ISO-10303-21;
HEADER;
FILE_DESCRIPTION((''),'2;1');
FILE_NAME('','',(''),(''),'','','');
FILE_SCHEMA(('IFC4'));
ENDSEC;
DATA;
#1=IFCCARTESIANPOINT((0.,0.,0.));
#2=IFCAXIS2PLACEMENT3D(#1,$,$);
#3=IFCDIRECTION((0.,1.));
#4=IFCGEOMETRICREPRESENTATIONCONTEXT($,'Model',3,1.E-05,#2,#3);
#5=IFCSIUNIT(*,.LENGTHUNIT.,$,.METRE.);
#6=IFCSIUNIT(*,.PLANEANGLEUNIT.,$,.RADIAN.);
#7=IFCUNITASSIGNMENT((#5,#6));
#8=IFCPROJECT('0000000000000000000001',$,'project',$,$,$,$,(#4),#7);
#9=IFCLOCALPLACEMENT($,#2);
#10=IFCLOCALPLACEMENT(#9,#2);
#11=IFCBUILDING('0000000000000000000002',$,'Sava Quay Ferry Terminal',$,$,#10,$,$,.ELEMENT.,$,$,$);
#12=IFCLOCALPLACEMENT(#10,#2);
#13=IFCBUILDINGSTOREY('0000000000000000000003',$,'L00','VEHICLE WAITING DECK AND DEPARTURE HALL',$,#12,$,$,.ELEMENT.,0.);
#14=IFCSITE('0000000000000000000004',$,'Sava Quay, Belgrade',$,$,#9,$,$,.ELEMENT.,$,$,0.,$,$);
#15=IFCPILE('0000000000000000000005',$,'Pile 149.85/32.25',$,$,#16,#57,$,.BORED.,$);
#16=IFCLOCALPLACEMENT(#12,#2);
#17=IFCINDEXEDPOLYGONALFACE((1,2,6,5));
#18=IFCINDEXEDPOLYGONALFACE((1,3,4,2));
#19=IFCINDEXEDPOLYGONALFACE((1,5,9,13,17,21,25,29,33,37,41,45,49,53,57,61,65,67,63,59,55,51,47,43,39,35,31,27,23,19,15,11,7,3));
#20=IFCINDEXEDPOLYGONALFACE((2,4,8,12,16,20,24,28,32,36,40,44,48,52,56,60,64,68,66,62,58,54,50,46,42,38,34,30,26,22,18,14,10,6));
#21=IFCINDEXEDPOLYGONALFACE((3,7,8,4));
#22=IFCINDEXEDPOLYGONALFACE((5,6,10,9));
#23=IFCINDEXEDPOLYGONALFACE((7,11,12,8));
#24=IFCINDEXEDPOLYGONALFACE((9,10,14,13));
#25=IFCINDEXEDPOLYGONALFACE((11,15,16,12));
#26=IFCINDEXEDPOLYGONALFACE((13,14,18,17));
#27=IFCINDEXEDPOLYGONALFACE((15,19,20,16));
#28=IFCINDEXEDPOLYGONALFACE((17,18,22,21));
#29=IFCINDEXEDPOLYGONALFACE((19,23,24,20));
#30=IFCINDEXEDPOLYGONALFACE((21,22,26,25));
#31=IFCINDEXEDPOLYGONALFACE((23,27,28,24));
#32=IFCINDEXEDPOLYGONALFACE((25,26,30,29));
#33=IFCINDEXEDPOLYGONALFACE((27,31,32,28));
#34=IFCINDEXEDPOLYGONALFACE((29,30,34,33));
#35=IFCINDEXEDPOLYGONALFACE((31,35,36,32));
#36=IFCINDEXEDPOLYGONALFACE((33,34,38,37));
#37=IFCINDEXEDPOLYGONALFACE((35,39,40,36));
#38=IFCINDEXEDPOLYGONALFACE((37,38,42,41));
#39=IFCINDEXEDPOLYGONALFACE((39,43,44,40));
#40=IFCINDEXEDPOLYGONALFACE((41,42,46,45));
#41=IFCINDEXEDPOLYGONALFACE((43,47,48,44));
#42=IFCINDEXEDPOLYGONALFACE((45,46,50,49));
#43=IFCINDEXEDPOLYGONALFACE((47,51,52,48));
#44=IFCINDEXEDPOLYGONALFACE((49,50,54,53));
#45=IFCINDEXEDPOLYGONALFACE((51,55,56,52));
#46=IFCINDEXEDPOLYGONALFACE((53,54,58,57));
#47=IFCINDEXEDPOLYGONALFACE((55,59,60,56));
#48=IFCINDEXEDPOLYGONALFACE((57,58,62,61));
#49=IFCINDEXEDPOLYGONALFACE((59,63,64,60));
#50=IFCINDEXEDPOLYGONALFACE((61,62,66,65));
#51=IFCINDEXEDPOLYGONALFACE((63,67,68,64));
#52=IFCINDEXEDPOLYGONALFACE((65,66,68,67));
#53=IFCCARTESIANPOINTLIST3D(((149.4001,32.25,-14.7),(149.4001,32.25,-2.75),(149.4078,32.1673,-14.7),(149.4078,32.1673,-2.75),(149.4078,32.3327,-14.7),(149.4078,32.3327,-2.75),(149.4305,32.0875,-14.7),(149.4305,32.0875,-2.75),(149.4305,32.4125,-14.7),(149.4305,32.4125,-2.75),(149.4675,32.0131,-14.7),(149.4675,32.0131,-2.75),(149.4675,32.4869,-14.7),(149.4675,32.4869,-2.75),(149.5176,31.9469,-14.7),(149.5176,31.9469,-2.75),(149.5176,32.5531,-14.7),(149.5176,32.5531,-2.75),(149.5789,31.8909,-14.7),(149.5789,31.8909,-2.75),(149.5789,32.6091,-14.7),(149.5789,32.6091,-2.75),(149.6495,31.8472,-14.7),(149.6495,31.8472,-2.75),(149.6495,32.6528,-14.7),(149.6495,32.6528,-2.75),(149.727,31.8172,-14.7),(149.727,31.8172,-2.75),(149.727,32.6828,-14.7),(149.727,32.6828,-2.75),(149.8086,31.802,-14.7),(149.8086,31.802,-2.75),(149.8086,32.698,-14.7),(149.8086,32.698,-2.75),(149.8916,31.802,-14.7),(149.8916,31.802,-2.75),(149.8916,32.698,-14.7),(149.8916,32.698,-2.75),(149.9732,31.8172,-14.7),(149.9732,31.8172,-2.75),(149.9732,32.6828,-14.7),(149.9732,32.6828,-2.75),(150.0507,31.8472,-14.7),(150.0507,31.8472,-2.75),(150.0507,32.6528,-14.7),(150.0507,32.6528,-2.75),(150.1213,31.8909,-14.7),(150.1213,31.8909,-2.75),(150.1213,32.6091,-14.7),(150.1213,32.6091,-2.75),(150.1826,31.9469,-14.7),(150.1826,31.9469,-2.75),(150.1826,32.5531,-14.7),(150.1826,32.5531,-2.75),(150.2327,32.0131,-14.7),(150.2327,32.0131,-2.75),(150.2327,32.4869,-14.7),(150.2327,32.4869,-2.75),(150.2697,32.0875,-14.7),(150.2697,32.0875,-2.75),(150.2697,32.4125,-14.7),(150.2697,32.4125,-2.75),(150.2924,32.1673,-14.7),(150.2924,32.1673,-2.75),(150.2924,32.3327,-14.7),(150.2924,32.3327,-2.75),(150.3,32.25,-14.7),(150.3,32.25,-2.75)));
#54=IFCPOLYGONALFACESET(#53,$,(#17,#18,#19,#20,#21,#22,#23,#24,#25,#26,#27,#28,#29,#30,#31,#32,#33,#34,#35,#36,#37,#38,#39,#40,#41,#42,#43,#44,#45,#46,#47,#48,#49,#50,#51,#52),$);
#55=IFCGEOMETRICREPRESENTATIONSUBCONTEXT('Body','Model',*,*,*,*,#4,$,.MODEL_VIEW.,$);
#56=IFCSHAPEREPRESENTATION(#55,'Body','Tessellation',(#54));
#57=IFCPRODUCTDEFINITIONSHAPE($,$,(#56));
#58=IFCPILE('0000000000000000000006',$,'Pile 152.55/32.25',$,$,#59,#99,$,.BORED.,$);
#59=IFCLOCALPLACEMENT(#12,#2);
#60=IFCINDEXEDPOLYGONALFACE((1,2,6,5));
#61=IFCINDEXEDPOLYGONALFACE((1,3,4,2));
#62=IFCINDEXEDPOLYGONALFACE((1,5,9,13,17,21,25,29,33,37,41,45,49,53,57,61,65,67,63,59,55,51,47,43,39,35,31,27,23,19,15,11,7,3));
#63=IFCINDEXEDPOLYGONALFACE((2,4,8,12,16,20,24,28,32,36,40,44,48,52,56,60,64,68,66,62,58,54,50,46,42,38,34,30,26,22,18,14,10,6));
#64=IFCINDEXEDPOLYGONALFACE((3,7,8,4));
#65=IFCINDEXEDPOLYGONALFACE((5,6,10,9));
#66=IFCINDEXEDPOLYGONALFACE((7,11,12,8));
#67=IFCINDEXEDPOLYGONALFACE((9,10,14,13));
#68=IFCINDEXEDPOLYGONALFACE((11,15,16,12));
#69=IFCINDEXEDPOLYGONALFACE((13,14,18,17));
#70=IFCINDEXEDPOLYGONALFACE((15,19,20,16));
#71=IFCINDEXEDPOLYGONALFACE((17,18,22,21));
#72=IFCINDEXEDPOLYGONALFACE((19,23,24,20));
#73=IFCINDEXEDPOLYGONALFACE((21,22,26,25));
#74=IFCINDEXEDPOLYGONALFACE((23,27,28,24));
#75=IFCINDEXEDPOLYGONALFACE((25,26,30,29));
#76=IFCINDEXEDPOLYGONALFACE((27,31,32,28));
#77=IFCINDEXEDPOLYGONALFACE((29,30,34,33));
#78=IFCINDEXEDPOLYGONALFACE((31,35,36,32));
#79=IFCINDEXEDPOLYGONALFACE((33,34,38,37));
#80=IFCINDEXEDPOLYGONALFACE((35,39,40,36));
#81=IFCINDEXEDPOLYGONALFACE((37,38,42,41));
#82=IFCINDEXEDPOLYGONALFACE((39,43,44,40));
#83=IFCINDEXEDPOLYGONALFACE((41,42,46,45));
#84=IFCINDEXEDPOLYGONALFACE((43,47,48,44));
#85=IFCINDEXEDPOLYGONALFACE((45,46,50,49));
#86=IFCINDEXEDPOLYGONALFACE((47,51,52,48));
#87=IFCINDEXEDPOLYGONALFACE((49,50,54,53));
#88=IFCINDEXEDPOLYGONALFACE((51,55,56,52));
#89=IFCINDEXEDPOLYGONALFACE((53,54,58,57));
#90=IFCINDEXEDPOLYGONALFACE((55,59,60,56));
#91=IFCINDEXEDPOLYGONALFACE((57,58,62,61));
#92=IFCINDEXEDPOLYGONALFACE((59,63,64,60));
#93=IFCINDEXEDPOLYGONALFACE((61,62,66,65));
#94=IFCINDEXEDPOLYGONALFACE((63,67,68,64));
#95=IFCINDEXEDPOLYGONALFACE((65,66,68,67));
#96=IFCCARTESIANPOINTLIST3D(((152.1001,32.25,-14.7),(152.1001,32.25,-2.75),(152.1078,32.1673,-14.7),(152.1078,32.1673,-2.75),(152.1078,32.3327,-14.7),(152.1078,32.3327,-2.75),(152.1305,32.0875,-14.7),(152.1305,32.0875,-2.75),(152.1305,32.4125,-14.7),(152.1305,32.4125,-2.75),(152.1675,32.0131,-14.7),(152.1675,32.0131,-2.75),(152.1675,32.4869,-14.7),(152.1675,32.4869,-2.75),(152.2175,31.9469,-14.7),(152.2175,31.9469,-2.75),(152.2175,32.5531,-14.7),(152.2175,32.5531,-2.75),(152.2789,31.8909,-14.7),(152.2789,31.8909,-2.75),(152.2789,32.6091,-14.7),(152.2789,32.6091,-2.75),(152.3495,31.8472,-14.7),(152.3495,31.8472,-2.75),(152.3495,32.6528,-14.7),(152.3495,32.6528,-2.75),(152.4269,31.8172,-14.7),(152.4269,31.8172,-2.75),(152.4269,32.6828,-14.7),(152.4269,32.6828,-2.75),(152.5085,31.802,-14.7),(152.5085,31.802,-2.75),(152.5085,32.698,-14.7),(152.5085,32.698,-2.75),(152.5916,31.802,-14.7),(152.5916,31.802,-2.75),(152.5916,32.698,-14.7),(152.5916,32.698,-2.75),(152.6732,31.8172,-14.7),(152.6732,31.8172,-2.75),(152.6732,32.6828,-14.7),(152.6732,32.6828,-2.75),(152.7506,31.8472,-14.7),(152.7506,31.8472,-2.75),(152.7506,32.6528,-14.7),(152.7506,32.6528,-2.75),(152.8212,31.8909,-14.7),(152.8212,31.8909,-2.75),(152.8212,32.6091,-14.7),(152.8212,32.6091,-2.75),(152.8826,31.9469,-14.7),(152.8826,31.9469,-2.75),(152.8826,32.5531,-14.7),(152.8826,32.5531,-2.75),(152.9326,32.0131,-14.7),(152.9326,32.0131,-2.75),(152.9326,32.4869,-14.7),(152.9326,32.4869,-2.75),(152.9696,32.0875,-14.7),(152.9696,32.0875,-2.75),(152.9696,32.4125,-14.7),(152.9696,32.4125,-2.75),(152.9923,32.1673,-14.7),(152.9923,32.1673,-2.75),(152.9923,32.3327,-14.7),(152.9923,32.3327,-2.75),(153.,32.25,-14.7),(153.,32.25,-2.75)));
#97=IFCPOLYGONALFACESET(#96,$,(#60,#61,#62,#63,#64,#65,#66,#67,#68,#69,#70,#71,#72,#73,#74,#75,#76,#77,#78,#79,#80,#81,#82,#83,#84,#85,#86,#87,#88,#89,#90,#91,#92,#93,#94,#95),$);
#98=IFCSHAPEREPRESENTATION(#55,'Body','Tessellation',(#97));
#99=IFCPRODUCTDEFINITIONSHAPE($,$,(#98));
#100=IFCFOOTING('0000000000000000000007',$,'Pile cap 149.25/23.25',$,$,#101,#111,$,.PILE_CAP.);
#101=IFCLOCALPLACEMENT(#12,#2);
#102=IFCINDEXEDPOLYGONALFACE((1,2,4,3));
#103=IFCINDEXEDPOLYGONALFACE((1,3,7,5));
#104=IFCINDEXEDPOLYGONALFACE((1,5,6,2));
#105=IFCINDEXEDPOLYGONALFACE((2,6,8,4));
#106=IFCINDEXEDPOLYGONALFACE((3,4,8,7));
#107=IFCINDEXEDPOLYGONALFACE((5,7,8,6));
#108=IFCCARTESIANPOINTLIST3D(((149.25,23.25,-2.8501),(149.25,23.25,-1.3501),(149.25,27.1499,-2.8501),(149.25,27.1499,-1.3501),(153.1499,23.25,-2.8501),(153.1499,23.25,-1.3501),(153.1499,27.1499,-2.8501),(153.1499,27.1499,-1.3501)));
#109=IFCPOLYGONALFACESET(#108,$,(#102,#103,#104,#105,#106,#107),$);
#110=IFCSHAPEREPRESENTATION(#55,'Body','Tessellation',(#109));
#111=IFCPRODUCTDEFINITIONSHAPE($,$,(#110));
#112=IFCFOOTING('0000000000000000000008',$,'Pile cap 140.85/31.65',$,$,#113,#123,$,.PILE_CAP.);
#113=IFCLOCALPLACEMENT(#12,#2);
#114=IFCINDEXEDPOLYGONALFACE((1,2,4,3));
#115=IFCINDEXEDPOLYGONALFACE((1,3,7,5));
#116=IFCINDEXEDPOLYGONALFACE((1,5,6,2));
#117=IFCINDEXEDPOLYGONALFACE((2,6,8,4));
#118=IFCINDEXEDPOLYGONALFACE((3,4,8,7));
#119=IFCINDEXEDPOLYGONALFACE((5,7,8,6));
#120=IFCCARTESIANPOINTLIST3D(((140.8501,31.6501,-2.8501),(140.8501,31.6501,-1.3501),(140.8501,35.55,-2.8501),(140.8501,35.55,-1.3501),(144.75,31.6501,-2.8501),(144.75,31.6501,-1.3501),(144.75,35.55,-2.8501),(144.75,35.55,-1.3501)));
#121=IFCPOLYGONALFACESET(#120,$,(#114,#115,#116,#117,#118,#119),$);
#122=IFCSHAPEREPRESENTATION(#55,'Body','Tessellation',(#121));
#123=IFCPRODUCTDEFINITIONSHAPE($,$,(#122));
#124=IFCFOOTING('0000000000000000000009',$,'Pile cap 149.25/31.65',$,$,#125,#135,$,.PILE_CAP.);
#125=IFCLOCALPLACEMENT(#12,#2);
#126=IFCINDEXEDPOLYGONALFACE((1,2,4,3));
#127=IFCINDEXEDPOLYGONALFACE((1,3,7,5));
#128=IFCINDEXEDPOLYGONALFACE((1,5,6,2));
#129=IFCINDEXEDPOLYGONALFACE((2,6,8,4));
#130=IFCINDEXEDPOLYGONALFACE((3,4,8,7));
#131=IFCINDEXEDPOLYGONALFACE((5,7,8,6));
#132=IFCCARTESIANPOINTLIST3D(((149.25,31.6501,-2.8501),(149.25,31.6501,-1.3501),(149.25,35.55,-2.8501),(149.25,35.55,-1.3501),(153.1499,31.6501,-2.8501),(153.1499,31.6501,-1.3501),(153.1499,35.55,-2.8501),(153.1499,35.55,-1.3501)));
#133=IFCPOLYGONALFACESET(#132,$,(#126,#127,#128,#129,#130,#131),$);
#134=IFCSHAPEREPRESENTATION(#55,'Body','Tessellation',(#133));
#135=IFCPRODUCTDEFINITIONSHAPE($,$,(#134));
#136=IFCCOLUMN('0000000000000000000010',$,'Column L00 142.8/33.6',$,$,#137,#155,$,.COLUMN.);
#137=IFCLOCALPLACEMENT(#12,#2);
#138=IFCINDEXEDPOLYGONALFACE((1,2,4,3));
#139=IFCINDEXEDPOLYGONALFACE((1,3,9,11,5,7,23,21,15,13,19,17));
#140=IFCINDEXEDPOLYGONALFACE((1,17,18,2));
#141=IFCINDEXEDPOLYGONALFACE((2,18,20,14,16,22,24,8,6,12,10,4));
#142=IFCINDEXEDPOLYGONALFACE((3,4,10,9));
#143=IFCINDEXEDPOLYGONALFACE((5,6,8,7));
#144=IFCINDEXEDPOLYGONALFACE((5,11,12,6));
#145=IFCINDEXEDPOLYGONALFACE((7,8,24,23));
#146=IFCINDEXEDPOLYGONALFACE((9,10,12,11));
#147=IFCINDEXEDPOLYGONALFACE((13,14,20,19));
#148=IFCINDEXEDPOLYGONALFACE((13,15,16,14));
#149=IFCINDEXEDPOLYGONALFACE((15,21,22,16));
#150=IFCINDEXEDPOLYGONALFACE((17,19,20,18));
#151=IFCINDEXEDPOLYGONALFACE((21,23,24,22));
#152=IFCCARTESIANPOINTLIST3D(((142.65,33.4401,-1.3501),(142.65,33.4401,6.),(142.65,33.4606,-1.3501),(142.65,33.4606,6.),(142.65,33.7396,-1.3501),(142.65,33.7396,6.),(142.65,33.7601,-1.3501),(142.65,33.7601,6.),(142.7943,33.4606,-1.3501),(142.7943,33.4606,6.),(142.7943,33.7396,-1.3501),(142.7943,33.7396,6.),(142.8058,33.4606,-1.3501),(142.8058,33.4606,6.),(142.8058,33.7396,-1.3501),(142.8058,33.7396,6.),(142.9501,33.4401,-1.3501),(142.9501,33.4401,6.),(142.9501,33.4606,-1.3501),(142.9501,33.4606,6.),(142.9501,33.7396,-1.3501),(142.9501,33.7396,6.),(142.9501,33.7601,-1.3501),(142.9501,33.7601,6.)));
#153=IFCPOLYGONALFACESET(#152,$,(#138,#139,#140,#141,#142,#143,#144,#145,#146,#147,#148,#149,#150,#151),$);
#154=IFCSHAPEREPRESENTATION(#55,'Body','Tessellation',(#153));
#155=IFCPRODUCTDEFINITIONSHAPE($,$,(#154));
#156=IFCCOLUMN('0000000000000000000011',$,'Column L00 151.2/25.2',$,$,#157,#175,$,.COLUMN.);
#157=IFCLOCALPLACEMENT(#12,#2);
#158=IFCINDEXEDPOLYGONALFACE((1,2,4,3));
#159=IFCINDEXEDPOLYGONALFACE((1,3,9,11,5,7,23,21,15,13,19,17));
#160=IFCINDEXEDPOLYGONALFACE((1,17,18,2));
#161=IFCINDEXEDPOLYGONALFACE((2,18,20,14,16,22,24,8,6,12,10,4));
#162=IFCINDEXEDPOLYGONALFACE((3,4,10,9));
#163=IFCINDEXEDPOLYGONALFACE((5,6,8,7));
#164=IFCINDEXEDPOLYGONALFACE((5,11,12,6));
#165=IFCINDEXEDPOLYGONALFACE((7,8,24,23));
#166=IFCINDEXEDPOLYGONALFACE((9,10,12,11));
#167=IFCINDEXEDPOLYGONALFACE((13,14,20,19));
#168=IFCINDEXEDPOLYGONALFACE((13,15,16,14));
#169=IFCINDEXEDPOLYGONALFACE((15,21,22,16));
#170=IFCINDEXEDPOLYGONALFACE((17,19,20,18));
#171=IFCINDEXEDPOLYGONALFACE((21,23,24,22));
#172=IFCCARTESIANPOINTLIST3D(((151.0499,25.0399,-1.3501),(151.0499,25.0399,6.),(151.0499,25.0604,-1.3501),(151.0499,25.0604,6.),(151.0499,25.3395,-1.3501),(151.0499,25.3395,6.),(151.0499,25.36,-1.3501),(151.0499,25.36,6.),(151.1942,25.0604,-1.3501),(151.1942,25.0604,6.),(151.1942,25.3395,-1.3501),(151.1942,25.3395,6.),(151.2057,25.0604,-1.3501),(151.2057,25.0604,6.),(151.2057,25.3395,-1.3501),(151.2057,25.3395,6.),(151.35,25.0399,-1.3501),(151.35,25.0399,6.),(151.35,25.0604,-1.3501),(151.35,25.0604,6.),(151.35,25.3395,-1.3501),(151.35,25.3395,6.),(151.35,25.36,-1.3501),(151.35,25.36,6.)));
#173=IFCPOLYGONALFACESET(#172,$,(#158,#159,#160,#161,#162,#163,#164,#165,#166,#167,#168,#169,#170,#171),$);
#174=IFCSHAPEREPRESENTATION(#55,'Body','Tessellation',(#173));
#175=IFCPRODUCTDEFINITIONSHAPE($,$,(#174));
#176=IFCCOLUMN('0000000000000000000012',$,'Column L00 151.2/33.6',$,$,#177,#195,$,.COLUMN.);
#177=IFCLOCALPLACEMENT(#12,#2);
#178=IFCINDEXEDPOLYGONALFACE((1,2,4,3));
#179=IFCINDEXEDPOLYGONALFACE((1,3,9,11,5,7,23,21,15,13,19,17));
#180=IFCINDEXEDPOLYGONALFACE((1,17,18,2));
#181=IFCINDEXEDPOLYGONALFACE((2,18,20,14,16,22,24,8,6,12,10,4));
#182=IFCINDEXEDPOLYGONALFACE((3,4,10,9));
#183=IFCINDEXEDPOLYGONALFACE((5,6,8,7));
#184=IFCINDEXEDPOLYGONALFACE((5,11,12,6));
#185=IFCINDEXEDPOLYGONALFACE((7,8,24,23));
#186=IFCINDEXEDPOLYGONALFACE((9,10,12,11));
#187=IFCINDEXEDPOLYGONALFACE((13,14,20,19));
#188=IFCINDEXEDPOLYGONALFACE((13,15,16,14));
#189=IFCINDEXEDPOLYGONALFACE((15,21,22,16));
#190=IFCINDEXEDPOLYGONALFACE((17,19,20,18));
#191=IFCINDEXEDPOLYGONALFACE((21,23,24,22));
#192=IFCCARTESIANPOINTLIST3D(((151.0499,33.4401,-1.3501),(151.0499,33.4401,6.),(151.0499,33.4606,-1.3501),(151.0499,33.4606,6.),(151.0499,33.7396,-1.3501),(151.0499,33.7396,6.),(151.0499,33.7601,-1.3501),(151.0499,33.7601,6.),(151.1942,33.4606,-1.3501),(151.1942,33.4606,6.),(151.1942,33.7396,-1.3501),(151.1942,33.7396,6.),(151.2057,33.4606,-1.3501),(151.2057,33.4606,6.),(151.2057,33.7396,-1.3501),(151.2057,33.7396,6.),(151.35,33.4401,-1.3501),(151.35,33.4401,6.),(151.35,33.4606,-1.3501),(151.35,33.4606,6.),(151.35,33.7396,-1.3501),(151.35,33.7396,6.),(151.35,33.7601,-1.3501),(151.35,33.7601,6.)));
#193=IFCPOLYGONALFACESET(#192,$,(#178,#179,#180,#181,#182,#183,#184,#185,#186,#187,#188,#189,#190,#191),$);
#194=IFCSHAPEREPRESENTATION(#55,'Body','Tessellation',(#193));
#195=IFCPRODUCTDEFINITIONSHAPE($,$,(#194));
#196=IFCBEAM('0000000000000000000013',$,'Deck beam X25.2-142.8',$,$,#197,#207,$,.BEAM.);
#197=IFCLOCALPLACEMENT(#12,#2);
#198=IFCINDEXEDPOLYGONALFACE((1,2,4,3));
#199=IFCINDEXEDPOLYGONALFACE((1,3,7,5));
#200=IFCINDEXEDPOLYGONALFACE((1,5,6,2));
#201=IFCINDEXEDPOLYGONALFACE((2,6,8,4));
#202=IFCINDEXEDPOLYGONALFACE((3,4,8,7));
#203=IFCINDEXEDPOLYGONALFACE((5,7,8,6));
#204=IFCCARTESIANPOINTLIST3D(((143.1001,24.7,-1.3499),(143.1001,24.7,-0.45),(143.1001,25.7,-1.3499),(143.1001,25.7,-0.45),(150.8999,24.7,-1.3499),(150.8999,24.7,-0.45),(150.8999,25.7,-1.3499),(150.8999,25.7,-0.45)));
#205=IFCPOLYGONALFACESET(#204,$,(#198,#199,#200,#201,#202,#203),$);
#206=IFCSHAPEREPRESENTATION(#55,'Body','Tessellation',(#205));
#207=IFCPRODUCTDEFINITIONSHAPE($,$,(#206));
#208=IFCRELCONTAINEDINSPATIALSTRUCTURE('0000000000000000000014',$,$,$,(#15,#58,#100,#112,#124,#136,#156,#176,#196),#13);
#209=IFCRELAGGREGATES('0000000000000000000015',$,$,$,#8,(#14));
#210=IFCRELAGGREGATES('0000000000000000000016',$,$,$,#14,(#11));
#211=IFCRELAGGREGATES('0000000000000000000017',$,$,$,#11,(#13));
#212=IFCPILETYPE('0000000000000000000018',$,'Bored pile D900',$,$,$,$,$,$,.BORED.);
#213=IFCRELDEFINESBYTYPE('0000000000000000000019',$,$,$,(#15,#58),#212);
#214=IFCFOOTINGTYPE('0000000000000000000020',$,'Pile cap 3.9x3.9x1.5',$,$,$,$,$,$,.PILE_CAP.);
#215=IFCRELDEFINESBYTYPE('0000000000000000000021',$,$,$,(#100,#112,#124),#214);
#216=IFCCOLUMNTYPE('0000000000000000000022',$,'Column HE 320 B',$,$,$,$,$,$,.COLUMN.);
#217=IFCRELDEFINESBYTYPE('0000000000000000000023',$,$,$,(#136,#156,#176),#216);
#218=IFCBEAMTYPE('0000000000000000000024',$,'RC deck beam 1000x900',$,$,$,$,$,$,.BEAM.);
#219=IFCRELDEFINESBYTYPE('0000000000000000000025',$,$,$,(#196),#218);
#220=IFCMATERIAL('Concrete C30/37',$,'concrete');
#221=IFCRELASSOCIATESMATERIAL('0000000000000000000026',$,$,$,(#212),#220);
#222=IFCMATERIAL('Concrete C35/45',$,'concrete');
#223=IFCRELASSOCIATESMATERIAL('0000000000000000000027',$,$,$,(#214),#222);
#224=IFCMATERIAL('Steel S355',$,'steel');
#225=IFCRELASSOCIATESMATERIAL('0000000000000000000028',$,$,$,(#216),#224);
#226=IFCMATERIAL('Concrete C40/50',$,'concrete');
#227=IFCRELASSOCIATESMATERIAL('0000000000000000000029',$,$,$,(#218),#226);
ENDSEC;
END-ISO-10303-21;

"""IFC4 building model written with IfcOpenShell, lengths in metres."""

from ifc_helpers import new_model, si_unit, direction, frame, origin, origin_2d, place, context, subcontext, project, spatial, rectangle, circle, i_section, extrude, material, material_profile, profile_set, type_object, element, save


model = new_model("IFC4")

# Units and contexts
model_context = context("Model", 3, precision=1e-05, world=origin(), true_north=direction((0.0, 1.0)))
body_context = subcontext(model_context, "Body", "Model", "MODEL_VIEW")
ifc_project = project(units=[si_unit("LENGTHUNIT", "METRE"), si_unit("PLANEANGLEUNIT", "RADIAN")], contexts=[model_context])

# Site, building, storey
site_placement = place(None, origin())
site = spatial("IfcSite", under=ifc_project, at=site_placement, Name="Sava Quay, Belgrade", CompositionType="ELEMENT", RefElevation=0.0)
building_placement = place(site_placement, origin())
building = spatial("IfcBuilding", under=site, at=building_placement, Name="Sava Quay Ferry Terminal", CompositionType="ELEMENT")
storey_placement = place(building_placement, origin())
storey = spatial("IfcBuildingStorey", under=building, at=storey_placement, Name="L00", Description="VEHICLE WAITING DECK AND DEPARTURE HALL", CompositionType="ELEMENT", Elevation=0.0)

# Piles
ifc_material_1 = material(Name="Concrete C30/37", Category="concrete")
ifc_material_profile_1 = material_profile(ifc_material_1, circle(Radius=0.45, at=origin_2d()), Name="Bored pile D900")
ifc_profile_set_1 = profile_set([ifc_material_profile_1], Name="Concrete C30/37")
pile_type = type_object("IfcPileType", Name="Bored pile D900", PredefinedType="BORED", material=ifc_profile_set_1)
for number, where, z_axis, x_axis, name in (
    (1, (149.8501, 32.25, -2.75), (0.0, 0.0, -1.0), (1.0, 0.0, 0.0), "Pile 149.85/32.25"),
    (2, (152.55, 32.25, -2.75), (0.0, 0.0, -1.0), (1.0, 0.0, 0.0), "Pile 152.55/32.25"),
):
    element("IfcPile", number, at=place(storey_placement, frame(where, z_axis=z_axis, x_axis=x_axis)), inside=storey, type_object=pile_type, Name=name, PredefinedType="BORED", context=body_context, shape_type="SweptSolid", body=[
        extrude(circle(Radius=0.45, at=origin_2d()), origin(), (0.0, 0.0, 1.0), 11.95),
    ])

# Footings
ifc_material_2 = material(Name="Concrete C35/45", Category="concrete")
footing_type = type_object("IfcFootingType", Name="Pile cap 3.9x3.9x1.5", PredefinedType="PILE_CAP", material=ifc_material_2)
for number, where, z_axis, x_axis, name in (
    (3, (151.2, 25.2, -2.8501), (0.0, 0.0, 1.0), (1.0, 0.0, 0.0), "Pile cap 149.25/23.25"),
    (4, (142.8, 33.6001, -2.8501), (0.0, 0.0, 1.0), (1.0, 0.0, 0.0), "Pile cap 140.85/31.65"),
    (5, (151.2, 33.6001, -2.8501), (0.0, 0.0, 1.0), (1.0, 0.0, 0.0), "Pile cap 149.25/31.65"),
):
    element("IfcFooting", number, at=place(storey_placement, frame(where, z_axis=z_axis, x_axis=x_axis)), inside=storey, type_object=footing_type, Name=name, PredefinedType="PILE_CAP", context=body_context, shape_type="SweptSolid", body=[
        extrude(rectangle(XDim=3.8999, YDim=3.8999, at=origin_2d()), origin(), (0.0, 0.0, 1.0), 1.5),
    ])

# Columns
ifc_material_3 = material(Name="Steel S355", Category="steel")
ifc_material_profile_2 = material_profile(ifc_material_3, i_section(OverallWidth=0.3, OverallDepth=0.3201, WebThickness=0.0115, FlangeThickness=0.0205, at=origin_2d()), Name="HE 320 B")
ifc_profile_set_2 = profile_set([ifc_material_profile_2], Name="Steel S355")
column_type = type_object("IfcColumnType", Name="Column HE 320 B", PredefinedType="COLUMN", material=ifc_profile_set_2)
for number, where, z_axis, x_axis, name in (
    (6, (142.8, 33.6001, -1.3501), (0.0, 0.0, 1.0), (1.0, 0.0, 0.0), "Column L00 142.8/33.6"),
    (7, (151.2, 25.2, -1.3501), (0.0, 0.0, 1.0), (1.0, 0.0, 0.0), "Column L00 151.2/25.2"),
    (8, (151.2, 33.6001, -1.3501), (0.0, 0.0, 1.0), (1.0, 0.0, 0.0), "Column L00 151.2/33.6"),
):
    element("IfcColumn", number, at=place(storey_placement, frame(where, z_axis=z_axis, x_axis=x_axis)), inside=storey, type_object=column_type, Name=name, PredefinedType="COLUMN", context=body_context, shape_type="SweptSolid", body=[
        extrude(i_section(OverallWidth=0.3, OverallDepth=0.3201, WebThickness=0.0115, FlangeThickness=0.0205, at=origin_2d()), origin(), (0.0, 0.0, 1.0), 7.3501),
    ])

# Beam
ifc_material_4 = material(Name="Concrete C40/50", Category="concrete")
ifc_material_profile_3 = material_profile(ifc_material_4, rectangle(XDim=1.0, YDim=0.8999, at=origin_2d()), Name="RC 1000x900")
ifc_profile_set_3 = profile_set([ifc_material_profile_3], Name="Concrete C40/50")
beam_type = type_object("IfcBeamType", Name="RC deck beam 1000x900", PredefinedType="BEAM", material=ifc_profile_set_3)
beam_1_placement = place(storey_placement, frame((143.1001, 25.2, -0.8999), z_axis=(1.0, 0.0, 0.0), x_axis=(0.0, 1.0, 0.0)))
element("IfcBeam", 9, at=beam_1_placement, inside=storey, type_object=beam_type, Name="Deck beam X25.2-142.8", PredefinedType="BEAM", context=body_context, shape_type="SweptSolid", body=[
    extrude(rectangle(XDim=1.0, YDim=0.8999, at=origin_2d()), origin(), (0.0, 0.0, 1.0), 7.7998),
])

save(model, "model.ifc")
